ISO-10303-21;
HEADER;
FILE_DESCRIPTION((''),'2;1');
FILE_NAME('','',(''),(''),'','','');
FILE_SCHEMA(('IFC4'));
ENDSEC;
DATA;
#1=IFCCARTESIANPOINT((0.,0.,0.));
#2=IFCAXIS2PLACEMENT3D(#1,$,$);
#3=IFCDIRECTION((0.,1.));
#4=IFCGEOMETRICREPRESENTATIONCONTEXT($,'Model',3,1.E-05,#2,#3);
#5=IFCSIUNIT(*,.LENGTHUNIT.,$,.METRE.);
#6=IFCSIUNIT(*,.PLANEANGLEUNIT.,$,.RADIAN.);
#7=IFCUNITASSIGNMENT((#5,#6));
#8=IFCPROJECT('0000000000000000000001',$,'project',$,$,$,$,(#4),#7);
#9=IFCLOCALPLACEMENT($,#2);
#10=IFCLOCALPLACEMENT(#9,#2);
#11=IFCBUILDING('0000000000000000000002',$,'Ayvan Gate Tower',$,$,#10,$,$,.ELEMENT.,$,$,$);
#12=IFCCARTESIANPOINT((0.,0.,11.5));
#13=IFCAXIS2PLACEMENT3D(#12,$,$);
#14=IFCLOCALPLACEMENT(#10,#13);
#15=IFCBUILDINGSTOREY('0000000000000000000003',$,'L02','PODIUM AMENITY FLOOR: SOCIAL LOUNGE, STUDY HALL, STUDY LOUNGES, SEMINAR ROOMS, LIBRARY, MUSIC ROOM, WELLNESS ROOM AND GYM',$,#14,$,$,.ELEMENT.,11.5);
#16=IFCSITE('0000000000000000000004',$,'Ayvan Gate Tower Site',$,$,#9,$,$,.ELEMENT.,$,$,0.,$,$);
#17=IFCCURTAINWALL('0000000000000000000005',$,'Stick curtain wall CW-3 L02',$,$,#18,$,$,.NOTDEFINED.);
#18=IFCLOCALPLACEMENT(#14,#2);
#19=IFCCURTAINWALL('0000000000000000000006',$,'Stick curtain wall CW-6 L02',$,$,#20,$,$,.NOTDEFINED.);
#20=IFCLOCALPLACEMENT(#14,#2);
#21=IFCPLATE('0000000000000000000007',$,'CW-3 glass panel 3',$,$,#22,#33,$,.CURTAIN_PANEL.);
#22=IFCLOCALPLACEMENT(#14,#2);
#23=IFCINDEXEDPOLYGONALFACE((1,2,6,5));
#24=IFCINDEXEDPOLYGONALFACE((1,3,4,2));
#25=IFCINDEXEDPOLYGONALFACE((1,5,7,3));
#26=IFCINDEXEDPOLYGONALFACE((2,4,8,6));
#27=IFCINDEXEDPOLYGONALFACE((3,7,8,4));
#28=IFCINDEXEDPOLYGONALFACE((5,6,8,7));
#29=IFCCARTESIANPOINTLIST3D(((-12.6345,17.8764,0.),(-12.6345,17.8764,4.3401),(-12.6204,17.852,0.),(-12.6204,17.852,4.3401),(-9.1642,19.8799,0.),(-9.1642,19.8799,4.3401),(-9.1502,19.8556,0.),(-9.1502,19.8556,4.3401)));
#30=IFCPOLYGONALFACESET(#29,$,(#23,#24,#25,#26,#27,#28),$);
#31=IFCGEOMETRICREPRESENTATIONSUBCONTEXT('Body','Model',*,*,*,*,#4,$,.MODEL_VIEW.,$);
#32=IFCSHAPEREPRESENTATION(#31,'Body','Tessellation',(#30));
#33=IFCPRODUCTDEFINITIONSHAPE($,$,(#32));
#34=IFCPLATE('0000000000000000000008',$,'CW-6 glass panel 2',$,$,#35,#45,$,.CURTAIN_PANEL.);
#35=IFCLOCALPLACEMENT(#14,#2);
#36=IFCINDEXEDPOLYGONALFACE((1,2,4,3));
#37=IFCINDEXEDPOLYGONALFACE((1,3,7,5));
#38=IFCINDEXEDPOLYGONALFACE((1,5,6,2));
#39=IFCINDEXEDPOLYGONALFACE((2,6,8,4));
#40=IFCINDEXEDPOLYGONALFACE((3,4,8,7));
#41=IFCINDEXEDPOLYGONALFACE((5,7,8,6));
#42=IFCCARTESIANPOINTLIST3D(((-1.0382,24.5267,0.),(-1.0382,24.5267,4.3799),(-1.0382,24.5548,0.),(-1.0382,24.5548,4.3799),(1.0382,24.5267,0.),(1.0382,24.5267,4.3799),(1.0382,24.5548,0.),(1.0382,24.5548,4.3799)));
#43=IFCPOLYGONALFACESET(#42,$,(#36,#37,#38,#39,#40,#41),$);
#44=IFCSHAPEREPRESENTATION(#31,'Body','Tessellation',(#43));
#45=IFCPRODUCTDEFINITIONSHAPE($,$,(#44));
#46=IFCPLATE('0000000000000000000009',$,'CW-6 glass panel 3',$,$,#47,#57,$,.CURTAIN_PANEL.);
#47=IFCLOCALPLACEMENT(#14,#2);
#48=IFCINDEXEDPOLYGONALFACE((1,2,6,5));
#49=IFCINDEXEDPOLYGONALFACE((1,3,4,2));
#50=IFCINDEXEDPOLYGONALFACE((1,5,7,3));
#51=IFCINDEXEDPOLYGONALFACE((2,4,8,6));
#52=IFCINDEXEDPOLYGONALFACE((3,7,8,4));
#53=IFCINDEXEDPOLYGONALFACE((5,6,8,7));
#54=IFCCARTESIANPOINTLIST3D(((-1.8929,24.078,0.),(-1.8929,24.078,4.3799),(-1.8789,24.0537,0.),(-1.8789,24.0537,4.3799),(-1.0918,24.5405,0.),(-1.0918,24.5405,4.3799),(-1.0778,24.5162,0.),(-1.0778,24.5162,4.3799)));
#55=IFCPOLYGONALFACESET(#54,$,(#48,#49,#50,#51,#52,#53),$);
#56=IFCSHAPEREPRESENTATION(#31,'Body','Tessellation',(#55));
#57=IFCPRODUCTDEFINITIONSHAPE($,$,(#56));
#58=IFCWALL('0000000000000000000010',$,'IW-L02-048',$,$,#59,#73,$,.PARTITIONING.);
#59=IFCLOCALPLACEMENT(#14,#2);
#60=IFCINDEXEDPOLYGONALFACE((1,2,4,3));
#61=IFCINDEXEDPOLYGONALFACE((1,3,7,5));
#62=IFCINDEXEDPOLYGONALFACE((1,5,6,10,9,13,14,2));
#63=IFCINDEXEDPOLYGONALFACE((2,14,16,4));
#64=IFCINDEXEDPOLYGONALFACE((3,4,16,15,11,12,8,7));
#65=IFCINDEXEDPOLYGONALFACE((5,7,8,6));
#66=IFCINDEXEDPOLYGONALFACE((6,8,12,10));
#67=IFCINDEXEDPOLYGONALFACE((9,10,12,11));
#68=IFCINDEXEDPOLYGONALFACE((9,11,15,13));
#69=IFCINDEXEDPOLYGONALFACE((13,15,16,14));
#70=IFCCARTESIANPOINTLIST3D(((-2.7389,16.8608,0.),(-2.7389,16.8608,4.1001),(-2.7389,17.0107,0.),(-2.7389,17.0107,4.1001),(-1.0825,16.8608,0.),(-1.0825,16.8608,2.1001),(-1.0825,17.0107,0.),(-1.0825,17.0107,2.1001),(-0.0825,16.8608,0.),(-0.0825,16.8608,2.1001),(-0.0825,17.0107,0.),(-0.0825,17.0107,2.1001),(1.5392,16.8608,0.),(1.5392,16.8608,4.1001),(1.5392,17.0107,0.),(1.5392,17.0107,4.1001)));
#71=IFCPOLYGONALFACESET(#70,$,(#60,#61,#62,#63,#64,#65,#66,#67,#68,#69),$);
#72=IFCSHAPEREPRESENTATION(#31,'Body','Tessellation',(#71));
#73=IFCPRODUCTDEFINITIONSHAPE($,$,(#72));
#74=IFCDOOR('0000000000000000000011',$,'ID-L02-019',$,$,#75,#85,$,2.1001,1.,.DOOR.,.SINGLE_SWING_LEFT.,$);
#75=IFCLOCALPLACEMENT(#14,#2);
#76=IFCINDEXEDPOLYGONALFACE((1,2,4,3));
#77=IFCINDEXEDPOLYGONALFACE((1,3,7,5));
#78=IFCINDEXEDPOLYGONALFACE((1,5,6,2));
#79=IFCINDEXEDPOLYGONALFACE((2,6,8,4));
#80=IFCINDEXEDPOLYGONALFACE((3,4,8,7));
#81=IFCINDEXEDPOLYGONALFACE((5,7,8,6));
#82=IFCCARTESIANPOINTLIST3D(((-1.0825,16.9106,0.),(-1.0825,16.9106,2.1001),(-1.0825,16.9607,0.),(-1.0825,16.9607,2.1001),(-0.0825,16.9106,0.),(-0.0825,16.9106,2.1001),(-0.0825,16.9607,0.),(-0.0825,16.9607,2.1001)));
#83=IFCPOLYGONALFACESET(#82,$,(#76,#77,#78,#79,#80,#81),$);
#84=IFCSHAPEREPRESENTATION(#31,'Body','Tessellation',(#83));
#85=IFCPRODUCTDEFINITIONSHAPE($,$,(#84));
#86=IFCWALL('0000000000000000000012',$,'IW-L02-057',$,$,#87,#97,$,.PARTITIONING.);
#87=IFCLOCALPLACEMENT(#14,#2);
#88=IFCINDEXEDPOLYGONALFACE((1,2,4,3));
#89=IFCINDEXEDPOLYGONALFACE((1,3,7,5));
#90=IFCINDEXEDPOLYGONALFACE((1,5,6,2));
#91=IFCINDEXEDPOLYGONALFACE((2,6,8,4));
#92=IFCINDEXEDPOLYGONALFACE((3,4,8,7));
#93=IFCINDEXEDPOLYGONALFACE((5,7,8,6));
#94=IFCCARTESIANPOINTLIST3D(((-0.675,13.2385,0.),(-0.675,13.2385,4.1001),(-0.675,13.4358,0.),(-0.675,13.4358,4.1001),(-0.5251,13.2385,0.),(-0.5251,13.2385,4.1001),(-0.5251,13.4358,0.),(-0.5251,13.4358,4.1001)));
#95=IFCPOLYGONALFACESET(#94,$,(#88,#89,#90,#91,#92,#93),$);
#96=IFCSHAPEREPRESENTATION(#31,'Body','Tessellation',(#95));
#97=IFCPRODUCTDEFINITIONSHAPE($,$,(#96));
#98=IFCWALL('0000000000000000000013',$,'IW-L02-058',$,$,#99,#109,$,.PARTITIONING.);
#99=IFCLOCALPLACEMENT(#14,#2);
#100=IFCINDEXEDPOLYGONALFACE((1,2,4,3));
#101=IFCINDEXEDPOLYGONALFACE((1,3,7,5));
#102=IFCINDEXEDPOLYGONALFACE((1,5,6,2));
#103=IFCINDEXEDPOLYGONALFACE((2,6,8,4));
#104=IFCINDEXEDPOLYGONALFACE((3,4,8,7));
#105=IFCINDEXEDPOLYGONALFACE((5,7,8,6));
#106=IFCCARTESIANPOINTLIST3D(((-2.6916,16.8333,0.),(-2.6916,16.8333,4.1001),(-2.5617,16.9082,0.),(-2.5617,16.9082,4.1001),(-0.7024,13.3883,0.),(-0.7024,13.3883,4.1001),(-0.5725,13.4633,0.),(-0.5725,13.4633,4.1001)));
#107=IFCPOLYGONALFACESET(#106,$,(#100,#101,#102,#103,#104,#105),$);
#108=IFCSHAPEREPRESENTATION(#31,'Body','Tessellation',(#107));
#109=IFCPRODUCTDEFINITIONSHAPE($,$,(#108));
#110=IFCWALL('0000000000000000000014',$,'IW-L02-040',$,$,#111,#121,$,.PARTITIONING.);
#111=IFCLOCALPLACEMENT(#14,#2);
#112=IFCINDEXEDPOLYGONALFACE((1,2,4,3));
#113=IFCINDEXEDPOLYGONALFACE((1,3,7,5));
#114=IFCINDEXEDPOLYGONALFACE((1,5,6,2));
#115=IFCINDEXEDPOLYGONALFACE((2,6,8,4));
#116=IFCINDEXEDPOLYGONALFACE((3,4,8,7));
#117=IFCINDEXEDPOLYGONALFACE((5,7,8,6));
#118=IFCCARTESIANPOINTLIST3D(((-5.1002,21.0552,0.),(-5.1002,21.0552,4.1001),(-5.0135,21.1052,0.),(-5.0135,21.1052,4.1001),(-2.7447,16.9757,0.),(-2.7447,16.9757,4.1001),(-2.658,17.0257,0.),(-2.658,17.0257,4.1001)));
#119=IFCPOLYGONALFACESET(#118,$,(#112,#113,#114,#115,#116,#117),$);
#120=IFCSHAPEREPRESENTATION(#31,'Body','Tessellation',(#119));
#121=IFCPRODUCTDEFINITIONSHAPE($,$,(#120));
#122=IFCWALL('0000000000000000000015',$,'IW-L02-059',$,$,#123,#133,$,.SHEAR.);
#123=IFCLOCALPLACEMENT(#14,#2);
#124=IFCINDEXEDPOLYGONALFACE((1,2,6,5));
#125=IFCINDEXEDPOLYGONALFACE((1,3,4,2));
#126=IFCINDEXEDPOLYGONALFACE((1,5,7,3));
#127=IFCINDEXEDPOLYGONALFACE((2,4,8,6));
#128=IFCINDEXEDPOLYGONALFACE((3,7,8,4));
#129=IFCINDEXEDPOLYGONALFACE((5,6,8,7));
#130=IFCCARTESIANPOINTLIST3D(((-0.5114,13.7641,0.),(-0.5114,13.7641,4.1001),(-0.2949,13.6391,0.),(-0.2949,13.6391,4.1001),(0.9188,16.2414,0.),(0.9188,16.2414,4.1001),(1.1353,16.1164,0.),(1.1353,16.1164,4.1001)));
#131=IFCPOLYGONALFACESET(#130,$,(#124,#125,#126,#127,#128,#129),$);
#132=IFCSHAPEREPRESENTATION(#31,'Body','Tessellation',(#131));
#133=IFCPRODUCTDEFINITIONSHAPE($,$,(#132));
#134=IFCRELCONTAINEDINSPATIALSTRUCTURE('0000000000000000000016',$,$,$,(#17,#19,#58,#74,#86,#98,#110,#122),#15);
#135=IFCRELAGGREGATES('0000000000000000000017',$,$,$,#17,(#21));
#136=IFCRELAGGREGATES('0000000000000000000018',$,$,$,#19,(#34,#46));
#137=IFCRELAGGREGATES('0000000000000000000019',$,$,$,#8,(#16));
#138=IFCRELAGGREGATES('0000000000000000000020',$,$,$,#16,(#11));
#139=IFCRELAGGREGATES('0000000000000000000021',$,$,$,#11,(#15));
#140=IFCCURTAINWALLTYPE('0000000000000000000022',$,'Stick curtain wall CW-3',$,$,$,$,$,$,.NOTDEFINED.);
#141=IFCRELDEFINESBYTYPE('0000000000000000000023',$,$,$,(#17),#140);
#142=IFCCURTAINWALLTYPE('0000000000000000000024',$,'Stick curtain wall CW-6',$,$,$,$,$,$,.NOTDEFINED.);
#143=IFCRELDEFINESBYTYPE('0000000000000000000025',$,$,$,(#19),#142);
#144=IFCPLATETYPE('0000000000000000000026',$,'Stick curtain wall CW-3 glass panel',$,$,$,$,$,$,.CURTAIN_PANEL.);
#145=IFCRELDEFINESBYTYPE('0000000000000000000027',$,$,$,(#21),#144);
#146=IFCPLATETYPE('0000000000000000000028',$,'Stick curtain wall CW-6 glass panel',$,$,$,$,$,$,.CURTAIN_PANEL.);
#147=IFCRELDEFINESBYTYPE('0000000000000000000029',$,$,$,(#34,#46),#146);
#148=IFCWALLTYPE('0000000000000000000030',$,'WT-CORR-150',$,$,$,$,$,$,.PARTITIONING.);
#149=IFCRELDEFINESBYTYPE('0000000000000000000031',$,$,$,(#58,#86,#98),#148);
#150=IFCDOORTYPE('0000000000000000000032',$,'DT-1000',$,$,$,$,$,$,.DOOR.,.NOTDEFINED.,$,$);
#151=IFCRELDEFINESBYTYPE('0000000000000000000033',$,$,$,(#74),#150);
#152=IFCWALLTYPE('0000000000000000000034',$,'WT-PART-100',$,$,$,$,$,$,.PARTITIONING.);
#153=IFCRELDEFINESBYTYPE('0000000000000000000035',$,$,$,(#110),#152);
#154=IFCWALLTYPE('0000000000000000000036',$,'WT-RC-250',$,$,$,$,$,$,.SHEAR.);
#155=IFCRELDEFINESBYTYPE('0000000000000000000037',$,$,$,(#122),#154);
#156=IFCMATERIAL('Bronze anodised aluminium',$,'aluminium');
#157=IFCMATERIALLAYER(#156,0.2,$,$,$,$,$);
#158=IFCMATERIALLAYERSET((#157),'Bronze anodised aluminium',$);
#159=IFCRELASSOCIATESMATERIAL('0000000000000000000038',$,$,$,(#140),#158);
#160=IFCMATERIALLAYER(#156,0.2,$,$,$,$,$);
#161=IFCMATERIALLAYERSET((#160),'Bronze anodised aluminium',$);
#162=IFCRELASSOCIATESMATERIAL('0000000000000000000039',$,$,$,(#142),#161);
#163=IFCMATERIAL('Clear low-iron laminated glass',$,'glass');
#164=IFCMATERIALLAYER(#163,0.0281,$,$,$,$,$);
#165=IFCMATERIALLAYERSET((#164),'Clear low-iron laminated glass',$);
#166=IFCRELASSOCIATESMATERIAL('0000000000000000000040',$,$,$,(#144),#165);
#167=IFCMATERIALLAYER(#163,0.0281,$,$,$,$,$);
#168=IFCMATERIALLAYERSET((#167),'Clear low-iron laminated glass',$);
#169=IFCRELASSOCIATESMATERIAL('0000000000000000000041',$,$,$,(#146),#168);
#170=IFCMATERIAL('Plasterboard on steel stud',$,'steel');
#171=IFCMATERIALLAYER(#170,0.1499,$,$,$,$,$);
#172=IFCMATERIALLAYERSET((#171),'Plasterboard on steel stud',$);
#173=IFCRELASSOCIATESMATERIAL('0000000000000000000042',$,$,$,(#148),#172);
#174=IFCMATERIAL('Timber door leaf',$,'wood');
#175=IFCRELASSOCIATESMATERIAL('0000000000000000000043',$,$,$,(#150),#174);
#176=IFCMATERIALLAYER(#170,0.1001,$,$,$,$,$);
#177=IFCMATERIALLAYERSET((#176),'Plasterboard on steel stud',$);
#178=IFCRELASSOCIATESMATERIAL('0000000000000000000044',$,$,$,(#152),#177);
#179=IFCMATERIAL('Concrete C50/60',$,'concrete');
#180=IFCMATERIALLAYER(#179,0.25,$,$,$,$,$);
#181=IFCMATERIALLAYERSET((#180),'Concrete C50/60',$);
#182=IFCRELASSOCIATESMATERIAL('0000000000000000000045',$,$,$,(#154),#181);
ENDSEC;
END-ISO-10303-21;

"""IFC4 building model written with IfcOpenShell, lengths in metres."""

from ifc_helpers import new_model, si_unit, direction, frame, frame_2d, origin, origin_2d, place, context, subcontext, project, spatial, rectangle, extrude, material, layer, layer_set, type_object, element, fill, aggregate, save


model = new_model("IFC4")

# Units and contexts
model_context = context("Model", 3, precision=1e-05, world=origin(), true_north=direction((0.0, 1.0)))
body_context = subcontext(model_context, "Body", "Model", "MODEL_VIEW")
ifc_project = project(units=[si_unit("LENGTHUNIT", "METRE"), si_unit("PLANEANGLEUNIT", "RADIAN")], contexts=[model_context])

# Site, building, storey
site_placement = place(None, origin())
site = spatial("IfcSite", under=ifc_project, at=site_placement, Name="Ayvan Gate Tower Site", CompositionType="ELEMENT", RefElevation=0.0)
building_placement = place(site_placement, origin())
building = spatial("IfcBuilding", under=site, at=building_placement, Name="Ayvan Gate Tower", CompositionType="ELEMENT")
storey_placement = place(building_placement, frame((0.0, 0.0, 11.5)))
storey = spatial("IfcBuildingStorey", under=building, at=storey_placement, Name="L02", Description="PODIUM AMENITY FLOOR: SOCIAL LOUNGE, STUDY HALL, STUDY LOUNGES, SEMINAR ROOMS, LIBRARY, MUSIC ROOM, WELLNESS ROOM AND GYM", CompositionType="ELEMENT", Elevation=11.5)

# Curtain walls
ifc_material_1 = material(Name="Bronze anodised aluminium", Category="aluminium")
ifc_layer_1 = layer(ifc_material_1, 0.2)
ifc_layer_set_1 = layer_set([ifc_layer_1], Name="Bronze anodised aluminium")
curtain_wall_type_1 = type_object("IfcCurtainWallType", Name="Stick curtain wall CW-3", PredefinedType="NOTDEFINED", material=ifc_layer_set_1)
curtain_wall_1_placement = place(storey_placement, origin())
curtain_wall_1 = element("IfcCurtainWall", 1, at=curtain_wall_1_placement, inside=storey, type_object=curtain_wall_type_1, Name="Stick curtain wall CW-3 L02", PredefinedType="NOTDEFINED")
ifc_layer_2 = layer(ifc_material_1, 0.2)
ifc_layer_set_2 = layer_set([ifc_layer_2], Name="Bronze anodised aluminium")
curtain_wall_type_2 = type_object("IfcCurtainWallType", Name="Stick curtain wall CW-6", PredefinedType="NOTDEFINED", material=ifc_layer_set_2)
curtain_wall_2_placement = place(storey_placement, origin())
curtain_wall_2 = element("IfcCurtainWall", 2, at=curtain_wall_2_placement, inside=storey, type_object=curtain_wall_type_2, Name="Stick curtain wall CW-6 L02", PredefinedType="NOTDEFINED")

# Plates
ifc_material_2 = material(Name="Clear low-iron laminated glass", Category="glass")
ifc_layer_3 = layer(ifc_material_2, 0.0281)
ifc_layer_set_3 = layer_set([ifc_layer_3], Name="Clear low-iron laminated glass")
plate_type_1 = type_object("IfcPlateType", Name="Stick curtain wall CW-3 glass panel", PredefinedType="CURTAIN_PANEL", material=ifc_layer_set_3)
plate_1_placement = place(storey_placement, frame((-10.8923, 18.866, 0.0), z_axis=(0.0, 0.0, 1.0), x_axis=(-0.866025, -0.5, 0.0)))
plate_1 = element("IfcPlate", 3, at=plate_1_placement, type_object=plate_type_1, Name="CW-3 glass panel 3", PredefinedType="CURTAIN_PANEL", context=body_context, shape_type="SweptSolid", body=[
    extrude(rectangle(XDim=4.0071, YDim=0.0281, at=origin_2d()), origin(), (0.0, 0.0, 1.0), 4.3401),
])
aggregate(curtain_wall_1, [plate_1])
ifc_layer_4 = layer(ifc_material_2, 0.0281)
ifc_layer_set_4 = layer_set([ifc_layer_4], Name="Clear low-iron laminated glass")
plate_type_2 = type_object("IfcPlateType", Name="Stick curtain wall CW-6 glass panel", PredefinedType="CURTAIN_PANEL", material=ifc_layer_set_4)
plate_2_placement = place(storey_placement, frame((0.0, 24.5408, 0.0), z_axis=(0.0, 0.0, 1.0), x_axis=(-1.0, 0.0, 0.0)))
plate_2 = element("IfcPlate", 4, at=plate_2_placement, type_object=plate_type_2, Name="CW-6 glass panel 2", PredefinedType="CURTAIN_PANEL", context=body_context, shape_type="SweptSolid", body=[
    extrude(rectangle(XDim=2.0764, YDim=0.0281, at=origin_2d()), origin(), (0.0, 0.0, 1.0), 4.3799),
])
plate_3_placement = place(storey_placement, frame((-1.4854, 24.2971, 0.0), z_axis=(0.0, 0.0, 1.0), x_axis=(-0.866025, -0.5, 0.0)))
plate_3 = element("IfcPlate", 5, at=plate_3_placement, type_object=plate_type_2, Name="CW-6 glass panel 3", PredefinedType="CURTAIN_PANEL", context=body_context, shape_type="SweptSolid", body=[
    extrude(rectangle(XDim=0.925, YDim=0.0281, at=origin_2d()), origin(), (0.0, 0.0, 1.0), 4.3799),
])
aggregate(curtain_wall_2, [plate_2, plate_3])

# Wall, opening, door
ifc_material_3 = material(Name="Plasterboard on steel stud", Category="steel")
ifc_layer_5 = layer(ifc_material_3, 0.1499)
ifc_layer_set_5 = layer_set([ifc_layer_5], Name="Plasterboard on steel stud")
wall_type_1 = type_object("IfcWallType", Name="WT-CORR-150", PredefinedType="PARTITIONING", material=ifc_layer_set_5)
wall_1_placement = place(storey_placement, frame((-2.739, 16.9358, 0.0), z_axis=(0.0, 0.0, 1.0), x_axis=(1.0, 0.0, 0.0)))
wall_1 = element("IfcWall", 6, at=wall_1_placement, inside=storey, type_object=wall_type_1, Name="IW-L02-048", PredefinedType="PARTITIONING", context=body_context, shape_type="SweptSolid", body=[
    extrude(rectangle(XDim=4.2781, YDim=0.1499, at=frame_2d((2.1392, 0.0))), origin(), (0.0, 0.0, 1.0), 4.1001),
])
opening_placement = place(wall_1_placement, frame((1.6565, 0.0, 0.0)))
opening = element("IfcOpeningElement", 7, at=opening_placement, cuts=wall_1, PredefinedType="OPENING", context=body_context, shape_type="SweptSolid", body=[
    extrude(rectangle(XDim=1.0, YDim=2.1001, at=frame_2d((0.5, 1.05))), frame((0.0, 0.085, 0.0), z_axis=(0.0, -1.0, 0.0), x_axis=(1.0, 0.0, 0.0)), (0.0, 0.0, 1.0), 0.1699),
])
ifc_material_4 = material(Name="Timber door leaf", Category="wood")
door_type = type_object("IfcDoorType", Name="DT-1000", OperationType="NOTDEFINED", PredefinedType="DOOR", material=ifc_material_4)
door_placement = place(opening_placement, origin())
door = element("IfcDoor", 8, at=door_placement, inside=storey, type_object=door_type, Name="ID-L02-019", OperationType="SINGLE_SWING_LEFT", OverallHeight=2.1001, OverallWidth=1.0, PredefinedType="DOOR", context=body_context, shape_type="SweptSolid", body=[
    extrude(rectangle(XDim=1.0, YDim=2.1001, at=frame_2d((0.5, 1.05))), frame((0.0, 0.0249, 0.0), z_axis=(0.0, -1.0, 0.0), x_axis=(1.0, 0.0, 0.0)), (0.0, 0.0, 1.0), 0.05),
])
fill(opening, door)

# Walls
wall_2_placement = place(storey_placement, frame((-0.6001, 13.2385, 0.0), z_axis=(0.0, 0.0, 1.0), x_axis=(0.0, 1.0, 0.0)))
element("IfcWall", 9, at=wall_2_placement, inside=storey, type_object=wall_type_1, Name="IW-L02-057", PredefinedType="PARTITIONING", context=body_context, shape_type="SweptSolid", body=[
    extrude(rectangle(XDim=0.1973, YDim=0.1499, at=frame_2d((0.0986, 0.0))), origin(), (0.0, 0.0, 1.0), 4.1001),
])
wall_3_placement = place(storey_placement, frame((-0.6375, 13.4258, 0.0), z_axis=(0.0, 0.0, 1.0), x_axis=(-0.500047, 0.865999, 0.0)))
element("IfcWall", 10, at=wall_3_placement, inside=storey, type_object=wall_type_1, Name="IW-L02-058", PredefinedType="PARTITIONING", context=body_context, shape_type="SweptSolid", body=[
    extrude(rectangle(XDim=3.978, YDim=0.1499, at=frame_2d((1.989, 0.0))), origin(), (0.0, 0.0, 1.0), 4.1001),
])
ifc_layer_6 = layer(ifc_material_3, 0.1001)
ifc_layer_set_6 = layer_set([ifc_layer_6], Name="Plasterboard on steel stud")
wall_type_2 = type_object("IfcWallType", Name="WT-PART-100", PredefinedType="PARTITIONING", material=ifc_layer_set_6)
wall_4_placement = place(storey_placement, frame((-5.0569, 21.0803, 0.0), z_axis=(0.0, 0.0, 1.0), x_axis=(0.500019, -0.866015, 0.0)))
element("IfcWall", 11, at=wall_4_placement, inside=storey, type_object=wall_type_2, Name="IW-L02-040", PredefinedType="PARTITIONING", context=body_context, shape_type="SweptSolid", body=[
    extrude(rectangle(XDim=4.7107, YDim=0.1001, at=frame_2d((2.3555, 0.0))), origin(), (0.0, 0.0, 1.0), 4.1001),
])
ifc_material_5 = material(Name="Concrete C50/60", Category="concrete")
ifc_layer_7 = layer(ifc_material_5, 0.25)
ifc_layer_set_7 = layer_set([ifc_layer_7], Name="Concrete C50/60")
wall_type_3 = type_object("IfcWallType", Name="WT-RC-250", PredefinedType="SHEAR", material=ifc_layer_set_7)
wall_5_placement = place(storey_placement, frame((-0.4031, 13.7017, 0.0), z_axis=(0.0, 0.0, 1.0), x_axis=(0.499976, 0.866039, 0.0)))
element("IfcWall", 12, at=wall_5_placement, inside=storey, type_object=wall_type_3, Name="IW-L02-059", PredefinedType="SHEAR", context=body_context, shape_type="SweptSolid", body=[
    extrude(rectangle(XDim=2.8606, YDim=0.25, at=frame_2d((1.4302, 0.0))), origin(), (0.0, 0.0, 1.0), 4.1001),
])

save(model, "model.ifc")
